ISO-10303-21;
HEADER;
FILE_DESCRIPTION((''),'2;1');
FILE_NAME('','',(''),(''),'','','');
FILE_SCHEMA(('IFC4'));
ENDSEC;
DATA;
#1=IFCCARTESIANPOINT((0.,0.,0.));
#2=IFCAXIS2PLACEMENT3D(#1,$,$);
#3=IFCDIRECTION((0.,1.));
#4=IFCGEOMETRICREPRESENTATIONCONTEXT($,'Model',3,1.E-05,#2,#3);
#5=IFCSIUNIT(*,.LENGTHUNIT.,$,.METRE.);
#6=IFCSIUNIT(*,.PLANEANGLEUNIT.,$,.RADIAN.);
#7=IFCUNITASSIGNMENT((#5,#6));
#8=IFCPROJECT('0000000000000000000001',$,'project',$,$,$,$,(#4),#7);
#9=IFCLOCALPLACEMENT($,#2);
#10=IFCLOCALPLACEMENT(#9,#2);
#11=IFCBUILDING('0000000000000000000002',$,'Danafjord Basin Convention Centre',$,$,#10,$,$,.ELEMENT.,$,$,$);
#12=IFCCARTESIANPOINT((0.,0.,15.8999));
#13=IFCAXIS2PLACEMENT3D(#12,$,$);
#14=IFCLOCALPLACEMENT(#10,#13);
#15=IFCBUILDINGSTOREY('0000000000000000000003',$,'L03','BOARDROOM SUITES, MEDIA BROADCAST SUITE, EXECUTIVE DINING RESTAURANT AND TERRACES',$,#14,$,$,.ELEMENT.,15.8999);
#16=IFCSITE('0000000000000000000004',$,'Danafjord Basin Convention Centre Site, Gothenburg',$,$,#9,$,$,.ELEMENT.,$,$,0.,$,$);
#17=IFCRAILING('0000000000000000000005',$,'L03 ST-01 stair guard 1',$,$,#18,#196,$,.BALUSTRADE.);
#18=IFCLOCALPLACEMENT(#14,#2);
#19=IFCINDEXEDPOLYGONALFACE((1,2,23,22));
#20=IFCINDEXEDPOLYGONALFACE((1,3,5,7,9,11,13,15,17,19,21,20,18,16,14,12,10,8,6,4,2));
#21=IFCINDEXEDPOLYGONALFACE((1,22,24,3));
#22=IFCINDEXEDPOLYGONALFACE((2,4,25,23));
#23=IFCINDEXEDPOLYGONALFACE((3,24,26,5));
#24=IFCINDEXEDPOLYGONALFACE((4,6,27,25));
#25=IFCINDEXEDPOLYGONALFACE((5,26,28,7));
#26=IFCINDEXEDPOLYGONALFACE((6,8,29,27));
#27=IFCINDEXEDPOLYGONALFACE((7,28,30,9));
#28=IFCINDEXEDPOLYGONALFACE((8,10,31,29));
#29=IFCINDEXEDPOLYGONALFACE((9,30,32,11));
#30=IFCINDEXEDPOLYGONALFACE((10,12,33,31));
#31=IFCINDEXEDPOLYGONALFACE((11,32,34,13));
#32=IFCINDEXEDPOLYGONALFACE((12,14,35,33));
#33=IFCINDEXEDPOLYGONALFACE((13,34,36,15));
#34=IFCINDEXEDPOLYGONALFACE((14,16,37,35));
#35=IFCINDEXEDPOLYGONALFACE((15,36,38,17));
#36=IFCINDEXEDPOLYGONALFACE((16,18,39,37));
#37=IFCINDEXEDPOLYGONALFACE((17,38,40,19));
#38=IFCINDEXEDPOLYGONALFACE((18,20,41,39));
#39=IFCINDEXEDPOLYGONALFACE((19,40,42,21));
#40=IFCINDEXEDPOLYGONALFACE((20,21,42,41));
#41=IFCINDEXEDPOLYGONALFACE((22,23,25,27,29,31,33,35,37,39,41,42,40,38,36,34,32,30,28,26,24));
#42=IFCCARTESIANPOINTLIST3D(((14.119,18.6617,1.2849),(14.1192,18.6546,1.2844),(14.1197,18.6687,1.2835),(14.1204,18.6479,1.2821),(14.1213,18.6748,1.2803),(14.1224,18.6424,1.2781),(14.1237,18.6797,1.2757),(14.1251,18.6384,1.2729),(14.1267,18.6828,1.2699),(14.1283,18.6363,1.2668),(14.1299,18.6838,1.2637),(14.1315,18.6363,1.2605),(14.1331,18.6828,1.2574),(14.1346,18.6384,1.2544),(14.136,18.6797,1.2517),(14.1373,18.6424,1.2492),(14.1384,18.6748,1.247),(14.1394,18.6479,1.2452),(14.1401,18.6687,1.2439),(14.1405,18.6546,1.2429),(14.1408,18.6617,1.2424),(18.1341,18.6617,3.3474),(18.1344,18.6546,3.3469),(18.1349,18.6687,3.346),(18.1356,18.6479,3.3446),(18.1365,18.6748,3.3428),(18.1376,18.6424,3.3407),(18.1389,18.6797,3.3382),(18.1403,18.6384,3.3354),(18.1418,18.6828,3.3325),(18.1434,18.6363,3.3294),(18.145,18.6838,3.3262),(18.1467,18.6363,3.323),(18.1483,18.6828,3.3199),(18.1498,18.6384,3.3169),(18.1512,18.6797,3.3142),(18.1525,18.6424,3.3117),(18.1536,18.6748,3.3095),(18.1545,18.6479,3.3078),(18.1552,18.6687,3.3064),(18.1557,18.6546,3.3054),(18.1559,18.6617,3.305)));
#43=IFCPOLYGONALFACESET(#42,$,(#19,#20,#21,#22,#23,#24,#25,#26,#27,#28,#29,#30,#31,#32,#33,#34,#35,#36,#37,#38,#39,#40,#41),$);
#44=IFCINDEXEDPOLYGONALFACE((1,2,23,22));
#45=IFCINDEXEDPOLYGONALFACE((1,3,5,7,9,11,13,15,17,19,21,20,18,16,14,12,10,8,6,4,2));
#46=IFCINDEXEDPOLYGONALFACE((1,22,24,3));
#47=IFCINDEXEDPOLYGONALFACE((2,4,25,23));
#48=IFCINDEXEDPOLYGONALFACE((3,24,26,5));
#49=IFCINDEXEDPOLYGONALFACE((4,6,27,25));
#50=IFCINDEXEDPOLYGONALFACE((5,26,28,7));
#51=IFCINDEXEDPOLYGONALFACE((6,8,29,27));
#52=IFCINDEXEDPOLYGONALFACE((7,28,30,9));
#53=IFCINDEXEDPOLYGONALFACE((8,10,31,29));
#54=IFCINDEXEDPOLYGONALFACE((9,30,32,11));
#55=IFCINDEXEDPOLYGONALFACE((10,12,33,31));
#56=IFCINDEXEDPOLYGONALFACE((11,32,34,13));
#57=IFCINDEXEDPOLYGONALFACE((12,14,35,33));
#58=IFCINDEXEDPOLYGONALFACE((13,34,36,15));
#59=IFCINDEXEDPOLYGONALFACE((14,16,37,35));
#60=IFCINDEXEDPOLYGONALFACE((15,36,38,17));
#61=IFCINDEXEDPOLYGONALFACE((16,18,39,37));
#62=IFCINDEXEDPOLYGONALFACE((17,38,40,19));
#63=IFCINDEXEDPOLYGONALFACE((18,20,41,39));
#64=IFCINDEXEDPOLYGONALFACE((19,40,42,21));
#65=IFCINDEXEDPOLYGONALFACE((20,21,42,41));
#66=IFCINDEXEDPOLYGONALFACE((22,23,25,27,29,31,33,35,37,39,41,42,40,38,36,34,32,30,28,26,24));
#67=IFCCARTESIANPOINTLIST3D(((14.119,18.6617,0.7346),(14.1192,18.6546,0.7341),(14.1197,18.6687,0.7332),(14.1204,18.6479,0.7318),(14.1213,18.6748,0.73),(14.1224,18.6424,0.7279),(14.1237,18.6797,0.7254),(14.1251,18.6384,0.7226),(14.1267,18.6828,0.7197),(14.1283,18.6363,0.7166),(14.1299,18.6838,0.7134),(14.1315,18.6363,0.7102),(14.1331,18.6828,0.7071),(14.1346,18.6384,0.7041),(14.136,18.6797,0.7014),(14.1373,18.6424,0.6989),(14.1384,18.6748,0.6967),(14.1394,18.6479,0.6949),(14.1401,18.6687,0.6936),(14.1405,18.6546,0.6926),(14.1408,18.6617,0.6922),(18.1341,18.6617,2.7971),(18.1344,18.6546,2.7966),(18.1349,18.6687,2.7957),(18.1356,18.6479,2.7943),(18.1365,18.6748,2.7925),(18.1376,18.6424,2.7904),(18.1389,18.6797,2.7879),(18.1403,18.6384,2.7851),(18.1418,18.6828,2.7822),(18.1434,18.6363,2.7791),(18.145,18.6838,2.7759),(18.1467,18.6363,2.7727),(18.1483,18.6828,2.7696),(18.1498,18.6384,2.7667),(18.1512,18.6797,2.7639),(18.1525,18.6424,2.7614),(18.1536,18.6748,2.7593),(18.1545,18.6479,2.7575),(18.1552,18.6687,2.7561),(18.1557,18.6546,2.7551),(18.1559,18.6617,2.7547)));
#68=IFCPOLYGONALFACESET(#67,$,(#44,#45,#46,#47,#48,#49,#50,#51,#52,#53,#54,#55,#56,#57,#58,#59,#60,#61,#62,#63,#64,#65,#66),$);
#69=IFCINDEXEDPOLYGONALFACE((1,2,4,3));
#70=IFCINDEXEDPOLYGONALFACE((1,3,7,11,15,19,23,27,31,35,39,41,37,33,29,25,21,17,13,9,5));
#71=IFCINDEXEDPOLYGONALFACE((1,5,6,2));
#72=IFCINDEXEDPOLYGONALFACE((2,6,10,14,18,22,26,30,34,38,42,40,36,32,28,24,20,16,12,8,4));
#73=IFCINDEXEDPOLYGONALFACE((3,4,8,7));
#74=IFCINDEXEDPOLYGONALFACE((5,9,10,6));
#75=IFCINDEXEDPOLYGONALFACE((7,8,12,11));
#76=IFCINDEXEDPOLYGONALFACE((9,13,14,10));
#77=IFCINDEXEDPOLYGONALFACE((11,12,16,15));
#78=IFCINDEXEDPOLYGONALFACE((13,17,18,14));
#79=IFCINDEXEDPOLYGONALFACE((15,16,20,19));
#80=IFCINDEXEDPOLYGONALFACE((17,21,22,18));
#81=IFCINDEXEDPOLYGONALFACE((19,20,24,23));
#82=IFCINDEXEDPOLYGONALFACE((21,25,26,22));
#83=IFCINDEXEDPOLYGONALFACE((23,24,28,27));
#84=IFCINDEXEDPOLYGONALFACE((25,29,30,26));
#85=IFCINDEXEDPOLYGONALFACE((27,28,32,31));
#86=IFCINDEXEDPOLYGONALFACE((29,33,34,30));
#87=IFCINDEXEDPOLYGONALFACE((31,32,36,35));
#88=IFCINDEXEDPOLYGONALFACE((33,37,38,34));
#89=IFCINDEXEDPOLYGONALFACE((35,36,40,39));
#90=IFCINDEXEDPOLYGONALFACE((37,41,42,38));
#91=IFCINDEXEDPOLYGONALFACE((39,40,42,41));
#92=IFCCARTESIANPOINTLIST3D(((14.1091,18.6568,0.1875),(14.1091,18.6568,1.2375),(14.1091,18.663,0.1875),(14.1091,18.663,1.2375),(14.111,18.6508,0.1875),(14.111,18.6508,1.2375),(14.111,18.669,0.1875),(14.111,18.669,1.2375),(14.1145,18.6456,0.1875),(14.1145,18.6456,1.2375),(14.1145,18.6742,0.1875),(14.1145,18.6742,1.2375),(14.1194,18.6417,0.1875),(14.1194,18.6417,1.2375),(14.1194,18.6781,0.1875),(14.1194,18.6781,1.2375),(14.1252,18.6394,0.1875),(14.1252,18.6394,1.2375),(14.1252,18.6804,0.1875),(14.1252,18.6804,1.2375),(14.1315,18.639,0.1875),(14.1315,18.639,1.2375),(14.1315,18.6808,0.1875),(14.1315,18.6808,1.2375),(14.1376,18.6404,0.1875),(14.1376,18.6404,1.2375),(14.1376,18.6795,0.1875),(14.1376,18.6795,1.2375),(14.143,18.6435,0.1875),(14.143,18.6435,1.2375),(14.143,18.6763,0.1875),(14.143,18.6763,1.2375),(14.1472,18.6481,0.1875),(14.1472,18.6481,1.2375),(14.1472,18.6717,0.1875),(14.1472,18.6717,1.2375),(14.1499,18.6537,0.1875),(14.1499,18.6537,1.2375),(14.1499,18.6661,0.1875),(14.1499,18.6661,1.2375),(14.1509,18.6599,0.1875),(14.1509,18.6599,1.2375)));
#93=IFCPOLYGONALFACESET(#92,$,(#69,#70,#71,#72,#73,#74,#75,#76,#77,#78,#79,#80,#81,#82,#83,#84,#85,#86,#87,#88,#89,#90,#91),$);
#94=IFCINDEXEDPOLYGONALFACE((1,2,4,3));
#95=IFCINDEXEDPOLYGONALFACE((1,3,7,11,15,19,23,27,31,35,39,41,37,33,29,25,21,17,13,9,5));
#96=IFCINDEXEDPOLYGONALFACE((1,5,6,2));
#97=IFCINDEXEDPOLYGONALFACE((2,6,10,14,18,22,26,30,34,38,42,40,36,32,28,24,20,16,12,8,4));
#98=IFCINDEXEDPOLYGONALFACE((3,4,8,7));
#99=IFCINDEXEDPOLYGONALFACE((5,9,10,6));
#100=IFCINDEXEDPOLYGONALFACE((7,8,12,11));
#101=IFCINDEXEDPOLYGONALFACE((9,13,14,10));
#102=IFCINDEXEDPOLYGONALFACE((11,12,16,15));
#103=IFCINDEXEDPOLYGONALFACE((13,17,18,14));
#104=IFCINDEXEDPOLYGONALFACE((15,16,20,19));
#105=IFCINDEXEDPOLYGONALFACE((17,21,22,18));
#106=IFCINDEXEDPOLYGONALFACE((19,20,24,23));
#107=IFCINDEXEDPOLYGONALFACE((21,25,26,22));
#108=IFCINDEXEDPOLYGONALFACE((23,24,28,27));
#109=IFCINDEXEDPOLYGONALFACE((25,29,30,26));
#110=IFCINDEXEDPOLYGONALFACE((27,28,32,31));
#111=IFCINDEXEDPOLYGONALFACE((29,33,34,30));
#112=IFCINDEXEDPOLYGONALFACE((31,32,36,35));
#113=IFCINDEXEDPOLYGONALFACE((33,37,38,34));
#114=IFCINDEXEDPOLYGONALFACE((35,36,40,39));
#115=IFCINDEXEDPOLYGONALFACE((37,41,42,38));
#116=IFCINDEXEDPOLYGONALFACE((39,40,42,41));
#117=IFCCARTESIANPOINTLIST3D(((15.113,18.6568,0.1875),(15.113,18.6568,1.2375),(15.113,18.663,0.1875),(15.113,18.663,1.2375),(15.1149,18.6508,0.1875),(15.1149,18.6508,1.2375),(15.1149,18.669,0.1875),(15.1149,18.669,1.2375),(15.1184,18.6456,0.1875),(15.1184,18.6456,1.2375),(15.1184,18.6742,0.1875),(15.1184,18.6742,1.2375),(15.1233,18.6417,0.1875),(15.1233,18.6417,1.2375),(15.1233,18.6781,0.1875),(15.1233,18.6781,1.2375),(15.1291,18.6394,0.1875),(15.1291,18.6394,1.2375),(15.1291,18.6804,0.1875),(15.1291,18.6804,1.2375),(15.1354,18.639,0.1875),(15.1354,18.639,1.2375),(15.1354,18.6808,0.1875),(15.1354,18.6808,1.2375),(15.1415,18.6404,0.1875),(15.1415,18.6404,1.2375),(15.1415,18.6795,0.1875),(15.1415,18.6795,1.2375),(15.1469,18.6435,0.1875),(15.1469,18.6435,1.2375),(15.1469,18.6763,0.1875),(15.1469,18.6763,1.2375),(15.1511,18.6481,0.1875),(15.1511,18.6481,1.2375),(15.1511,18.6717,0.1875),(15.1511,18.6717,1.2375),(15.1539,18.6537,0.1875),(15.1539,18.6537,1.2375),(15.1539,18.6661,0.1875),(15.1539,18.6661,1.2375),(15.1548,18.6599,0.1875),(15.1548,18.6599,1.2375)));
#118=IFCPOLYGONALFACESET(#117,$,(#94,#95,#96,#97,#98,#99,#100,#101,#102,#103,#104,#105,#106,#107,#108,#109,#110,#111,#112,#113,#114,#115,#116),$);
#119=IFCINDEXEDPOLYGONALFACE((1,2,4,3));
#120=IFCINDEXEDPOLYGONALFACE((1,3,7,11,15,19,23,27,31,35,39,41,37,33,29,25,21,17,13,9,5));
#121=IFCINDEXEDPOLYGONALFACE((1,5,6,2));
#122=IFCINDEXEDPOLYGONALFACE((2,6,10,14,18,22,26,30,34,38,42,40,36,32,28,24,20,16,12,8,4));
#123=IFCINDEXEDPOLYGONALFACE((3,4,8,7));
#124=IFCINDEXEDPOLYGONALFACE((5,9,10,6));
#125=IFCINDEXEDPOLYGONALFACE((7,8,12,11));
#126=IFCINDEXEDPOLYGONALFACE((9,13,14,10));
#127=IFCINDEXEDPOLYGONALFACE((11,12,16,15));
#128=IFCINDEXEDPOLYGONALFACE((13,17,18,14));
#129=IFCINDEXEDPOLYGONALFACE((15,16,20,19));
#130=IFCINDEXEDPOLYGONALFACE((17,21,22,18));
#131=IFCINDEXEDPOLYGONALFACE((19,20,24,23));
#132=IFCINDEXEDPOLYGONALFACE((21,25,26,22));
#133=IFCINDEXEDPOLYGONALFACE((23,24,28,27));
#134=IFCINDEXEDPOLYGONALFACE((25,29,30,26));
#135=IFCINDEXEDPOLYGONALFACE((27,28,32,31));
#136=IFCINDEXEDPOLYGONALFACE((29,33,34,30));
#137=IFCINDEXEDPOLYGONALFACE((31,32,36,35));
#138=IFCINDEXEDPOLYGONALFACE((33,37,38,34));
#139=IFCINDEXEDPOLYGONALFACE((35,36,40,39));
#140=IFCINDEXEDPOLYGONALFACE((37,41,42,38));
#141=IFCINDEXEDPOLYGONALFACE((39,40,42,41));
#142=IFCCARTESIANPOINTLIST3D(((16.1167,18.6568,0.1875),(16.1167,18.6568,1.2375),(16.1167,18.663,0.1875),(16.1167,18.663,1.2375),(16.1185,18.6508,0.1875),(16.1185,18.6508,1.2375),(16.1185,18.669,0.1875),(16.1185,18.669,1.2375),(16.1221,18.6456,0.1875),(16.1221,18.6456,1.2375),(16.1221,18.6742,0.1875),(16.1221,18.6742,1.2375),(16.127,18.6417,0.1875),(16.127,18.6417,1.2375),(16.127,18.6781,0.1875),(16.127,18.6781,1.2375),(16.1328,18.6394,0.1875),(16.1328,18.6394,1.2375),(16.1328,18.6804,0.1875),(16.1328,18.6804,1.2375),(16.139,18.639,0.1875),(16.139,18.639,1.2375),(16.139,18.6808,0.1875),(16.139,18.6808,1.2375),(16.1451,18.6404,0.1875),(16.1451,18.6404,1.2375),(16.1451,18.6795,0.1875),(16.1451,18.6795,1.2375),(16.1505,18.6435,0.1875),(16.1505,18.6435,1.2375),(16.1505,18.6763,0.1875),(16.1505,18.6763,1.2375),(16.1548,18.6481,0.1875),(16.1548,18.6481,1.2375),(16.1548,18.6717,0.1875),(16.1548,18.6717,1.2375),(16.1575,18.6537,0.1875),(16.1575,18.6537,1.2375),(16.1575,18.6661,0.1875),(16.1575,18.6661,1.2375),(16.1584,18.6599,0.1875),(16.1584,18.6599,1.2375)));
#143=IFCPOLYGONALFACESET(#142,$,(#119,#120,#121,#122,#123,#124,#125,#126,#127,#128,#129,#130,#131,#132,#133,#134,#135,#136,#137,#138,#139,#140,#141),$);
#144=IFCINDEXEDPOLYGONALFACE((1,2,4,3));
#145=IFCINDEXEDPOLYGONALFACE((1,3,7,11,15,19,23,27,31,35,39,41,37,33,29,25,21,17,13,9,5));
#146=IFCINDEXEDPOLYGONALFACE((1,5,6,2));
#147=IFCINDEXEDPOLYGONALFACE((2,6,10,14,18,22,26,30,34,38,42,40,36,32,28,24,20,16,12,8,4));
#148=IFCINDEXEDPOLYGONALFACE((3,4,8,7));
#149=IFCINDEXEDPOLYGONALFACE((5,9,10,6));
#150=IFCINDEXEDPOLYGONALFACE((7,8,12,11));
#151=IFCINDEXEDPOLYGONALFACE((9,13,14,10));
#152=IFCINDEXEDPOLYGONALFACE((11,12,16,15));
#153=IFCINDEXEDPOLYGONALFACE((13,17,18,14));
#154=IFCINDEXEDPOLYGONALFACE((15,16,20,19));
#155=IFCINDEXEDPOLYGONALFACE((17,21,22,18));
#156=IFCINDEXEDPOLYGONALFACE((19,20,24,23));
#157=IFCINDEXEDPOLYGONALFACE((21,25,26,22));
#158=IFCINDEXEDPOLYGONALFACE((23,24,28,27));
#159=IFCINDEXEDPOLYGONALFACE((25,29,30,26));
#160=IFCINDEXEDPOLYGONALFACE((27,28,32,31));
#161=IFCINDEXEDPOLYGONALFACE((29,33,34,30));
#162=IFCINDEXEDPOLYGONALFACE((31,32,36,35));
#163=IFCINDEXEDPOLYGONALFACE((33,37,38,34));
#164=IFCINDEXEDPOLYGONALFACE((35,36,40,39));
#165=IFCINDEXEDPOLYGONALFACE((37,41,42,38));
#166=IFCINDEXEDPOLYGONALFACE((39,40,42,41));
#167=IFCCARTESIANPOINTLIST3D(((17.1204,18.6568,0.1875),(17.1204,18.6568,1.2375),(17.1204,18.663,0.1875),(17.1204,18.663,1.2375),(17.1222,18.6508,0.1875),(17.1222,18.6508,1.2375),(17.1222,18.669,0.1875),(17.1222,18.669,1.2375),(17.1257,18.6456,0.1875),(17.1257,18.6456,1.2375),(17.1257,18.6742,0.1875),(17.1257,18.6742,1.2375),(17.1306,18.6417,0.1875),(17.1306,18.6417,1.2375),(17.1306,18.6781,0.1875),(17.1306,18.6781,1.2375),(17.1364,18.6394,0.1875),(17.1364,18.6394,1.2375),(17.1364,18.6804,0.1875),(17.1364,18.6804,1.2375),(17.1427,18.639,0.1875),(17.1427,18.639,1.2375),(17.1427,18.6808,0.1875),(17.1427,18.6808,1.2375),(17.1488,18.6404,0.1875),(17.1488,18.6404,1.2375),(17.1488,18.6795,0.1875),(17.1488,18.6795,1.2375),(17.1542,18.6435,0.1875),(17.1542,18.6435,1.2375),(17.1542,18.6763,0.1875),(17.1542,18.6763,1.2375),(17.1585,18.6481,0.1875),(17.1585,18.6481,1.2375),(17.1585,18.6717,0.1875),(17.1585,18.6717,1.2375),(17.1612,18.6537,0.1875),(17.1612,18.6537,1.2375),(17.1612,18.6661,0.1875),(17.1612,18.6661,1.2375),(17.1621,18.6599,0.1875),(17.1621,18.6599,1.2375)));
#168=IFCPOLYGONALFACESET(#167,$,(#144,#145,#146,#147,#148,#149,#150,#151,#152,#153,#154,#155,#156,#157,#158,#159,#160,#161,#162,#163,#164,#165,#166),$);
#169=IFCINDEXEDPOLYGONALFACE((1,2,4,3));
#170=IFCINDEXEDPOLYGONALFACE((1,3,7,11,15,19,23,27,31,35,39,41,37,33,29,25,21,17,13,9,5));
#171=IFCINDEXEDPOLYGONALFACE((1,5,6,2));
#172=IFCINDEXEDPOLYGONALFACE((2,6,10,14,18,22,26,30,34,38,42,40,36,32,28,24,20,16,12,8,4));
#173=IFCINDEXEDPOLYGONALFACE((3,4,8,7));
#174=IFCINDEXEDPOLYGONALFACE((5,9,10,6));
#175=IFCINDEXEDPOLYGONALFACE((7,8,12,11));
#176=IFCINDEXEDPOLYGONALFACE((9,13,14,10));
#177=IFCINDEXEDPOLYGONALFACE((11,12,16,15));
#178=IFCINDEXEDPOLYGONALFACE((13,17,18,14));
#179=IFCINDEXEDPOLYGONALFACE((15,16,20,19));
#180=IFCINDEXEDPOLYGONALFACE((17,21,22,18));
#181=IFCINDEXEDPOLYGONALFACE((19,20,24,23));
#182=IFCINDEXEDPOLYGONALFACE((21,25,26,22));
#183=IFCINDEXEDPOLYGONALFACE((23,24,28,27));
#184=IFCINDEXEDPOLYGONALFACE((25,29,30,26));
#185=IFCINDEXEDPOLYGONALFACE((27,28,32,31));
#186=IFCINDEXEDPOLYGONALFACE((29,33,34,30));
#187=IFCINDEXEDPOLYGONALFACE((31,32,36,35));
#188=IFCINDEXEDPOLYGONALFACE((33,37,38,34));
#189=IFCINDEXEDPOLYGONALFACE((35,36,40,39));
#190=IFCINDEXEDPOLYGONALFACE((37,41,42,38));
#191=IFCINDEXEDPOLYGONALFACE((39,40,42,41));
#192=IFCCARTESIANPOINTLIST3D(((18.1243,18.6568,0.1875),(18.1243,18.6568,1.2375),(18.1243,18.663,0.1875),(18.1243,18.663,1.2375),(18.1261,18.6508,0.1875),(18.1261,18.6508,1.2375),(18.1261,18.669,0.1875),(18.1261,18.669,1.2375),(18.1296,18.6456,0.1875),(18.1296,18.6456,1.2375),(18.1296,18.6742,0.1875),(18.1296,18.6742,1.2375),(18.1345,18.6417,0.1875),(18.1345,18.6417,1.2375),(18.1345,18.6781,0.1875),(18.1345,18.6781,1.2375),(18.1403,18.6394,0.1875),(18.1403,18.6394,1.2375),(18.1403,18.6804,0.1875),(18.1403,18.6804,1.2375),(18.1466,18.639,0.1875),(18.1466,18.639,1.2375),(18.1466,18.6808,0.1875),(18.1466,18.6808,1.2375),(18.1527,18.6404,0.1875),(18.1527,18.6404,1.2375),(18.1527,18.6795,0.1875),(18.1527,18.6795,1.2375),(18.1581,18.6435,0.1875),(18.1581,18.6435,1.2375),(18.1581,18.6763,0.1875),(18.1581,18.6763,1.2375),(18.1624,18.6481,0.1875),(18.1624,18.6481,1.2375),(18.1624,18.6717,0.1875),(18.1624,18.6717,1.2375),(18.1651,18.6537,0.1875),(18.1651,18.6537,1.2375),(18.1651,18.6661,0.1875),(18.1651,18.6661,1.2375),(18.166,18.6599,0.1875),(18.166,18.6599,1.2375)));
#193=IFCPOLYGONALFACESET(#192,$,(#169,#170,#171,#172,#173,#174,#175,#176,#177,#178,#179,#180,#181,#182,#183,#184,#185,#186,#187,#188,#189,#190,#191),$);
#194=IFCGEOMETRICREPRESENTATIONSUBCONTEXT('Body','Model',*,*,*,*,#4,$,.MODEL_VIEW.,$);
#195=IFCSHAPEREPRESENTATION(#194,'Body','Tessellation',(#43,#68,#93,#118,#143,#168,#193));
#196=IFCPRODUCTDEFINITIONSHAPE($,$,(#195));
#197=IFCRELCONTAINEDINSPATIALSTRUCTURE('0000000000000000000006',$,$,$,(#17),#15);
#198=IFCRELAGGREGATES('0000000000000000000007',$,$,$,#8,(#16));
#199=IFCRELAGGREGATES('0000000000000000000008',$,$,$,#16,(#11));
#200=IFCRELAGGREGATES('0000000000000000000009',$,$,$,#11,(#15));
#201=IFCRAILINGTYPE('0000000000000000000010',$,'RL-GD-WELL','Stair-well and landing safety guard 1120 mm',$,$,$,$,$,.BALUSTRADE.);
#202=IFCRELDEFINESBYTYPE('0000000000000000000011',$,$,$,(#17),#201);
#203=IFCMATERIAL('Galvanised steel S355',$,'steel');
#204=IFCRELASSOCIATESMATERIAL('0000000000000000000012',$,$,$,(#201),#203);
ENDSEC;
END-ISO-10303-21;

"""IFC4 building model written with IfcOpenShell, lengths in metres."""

from ifc_helpers import new_model, si_unit, direction, frame, origin, origin_2d, place, context, subcontext, project, spatial, circle, extrude, material, type_object, element, save


model = new_model("IFC4")

# Units and contexts
model_context = context("Model", 3, precision=1e-05, world=origin(), true_north=direction((0.0, 1.0)))
body_context = subcontext(model_context, "Body", "Model", "MODEL_VIEW")
ifc_project = project(units=[si_unit("LENGTHUNIT", "METRE"), si_unit("PLANEANGLEUNIT", "RADIAN")], contexts=[model_context])

# Site, building, storey
site_placement = place(None, origin())
site = spatial("IfcSite", under=ifc_project, at=site_placement, Name="Danafjord Basin Convention Centre Site, Gothenburg", CompositionType="ELEMENT", RefElevation=0.0)
building_placement = place(site_placement, origin())
building = spatial("IfcBuilding", under=site, at=building_placement, Name="Danafjord Basin Convention Centre", CompositionType="ELEMENT")
storey_placement = place(building_placement, frame((0.0, 0.0, 15.8999)))
storey = spatial("IfcBuildingStorey", under=building, at=storey_placement, Name="L03", Description="BOARDROOM SUITES, MEDIA BROADCAST SUITE, EXECUTIVE DINING RESTAURANT AND TERRACES", CompositionType="ELEMENT", Elevation=15.8999)

# Railing
ifc_material_1 = material(Name="Galvanised steel S355", Category="steel")
railing_type_1 = type_object("IfcRailingType", Name="RL-GD-WELL", Description="Stair-well and landing safety guard 1120 mm", PredefinedType="BALUSTRADE", material=ifc_material_1)
railing_1_placement = place(storey_placement, frame((14.1299, 18.6599, 0.1875)))
element("IfcRailing", 1, at=railing_1_placement, inside=storey, type_object=railing_type_1, Name="L03 ST-01 stair guard 1", PredefinedType="BALUSTRADE", context=body_context, shape_type="SweptSolid", body=[
    extrude(circle(Radius=0.0239, at=origin_2d()), frame((0.0, 0.0, 1.0762), z_axis=(0.889506, 0.0, 0.456923), x_axis=(0.0, 1.0, 0.0)), (0.0, 0.0, 1.0), 4.5139),
    extrude(circle(Radius=0.0239, at=origin_2d()), frame((0.0, 0.0, 0.5259), z_axis=(0.889506, 0.0, 0.456923), x_axis=(0.0, 1.0, 0.0)), (0.0, 0.0, 1.0), 4.5139),
    extrude(circle(Radius=0.021, at=origin_2d()), origin(), (0.0, 0.0, 1.0), 1.05),
    extrude(circle(Radius=0.021, at=origin_2d()), frame((1.0039, 0.0, 0.0)), (0.0, 0.0, 1.0), 1.05),
    extrude(circle(Radius=0.021, at=origin_2d()), frame((2.0076, 0.0, 0.0)), (0.0, 0.0, 1.0), 1.05),
    extrude(circle(Radius=0.021, at=origin_2d()), frame((3.0112, 0.0, 0.0)), (0.0, 0.0, 1.0), 1.05),
    extrude(circle(Radius=0.021, at=origin_2d()), frame((4.0151, 0.0, 0.0)), (0.0, 0.0, 1.0), 1.05),
])

save(model, "model.ifc")
